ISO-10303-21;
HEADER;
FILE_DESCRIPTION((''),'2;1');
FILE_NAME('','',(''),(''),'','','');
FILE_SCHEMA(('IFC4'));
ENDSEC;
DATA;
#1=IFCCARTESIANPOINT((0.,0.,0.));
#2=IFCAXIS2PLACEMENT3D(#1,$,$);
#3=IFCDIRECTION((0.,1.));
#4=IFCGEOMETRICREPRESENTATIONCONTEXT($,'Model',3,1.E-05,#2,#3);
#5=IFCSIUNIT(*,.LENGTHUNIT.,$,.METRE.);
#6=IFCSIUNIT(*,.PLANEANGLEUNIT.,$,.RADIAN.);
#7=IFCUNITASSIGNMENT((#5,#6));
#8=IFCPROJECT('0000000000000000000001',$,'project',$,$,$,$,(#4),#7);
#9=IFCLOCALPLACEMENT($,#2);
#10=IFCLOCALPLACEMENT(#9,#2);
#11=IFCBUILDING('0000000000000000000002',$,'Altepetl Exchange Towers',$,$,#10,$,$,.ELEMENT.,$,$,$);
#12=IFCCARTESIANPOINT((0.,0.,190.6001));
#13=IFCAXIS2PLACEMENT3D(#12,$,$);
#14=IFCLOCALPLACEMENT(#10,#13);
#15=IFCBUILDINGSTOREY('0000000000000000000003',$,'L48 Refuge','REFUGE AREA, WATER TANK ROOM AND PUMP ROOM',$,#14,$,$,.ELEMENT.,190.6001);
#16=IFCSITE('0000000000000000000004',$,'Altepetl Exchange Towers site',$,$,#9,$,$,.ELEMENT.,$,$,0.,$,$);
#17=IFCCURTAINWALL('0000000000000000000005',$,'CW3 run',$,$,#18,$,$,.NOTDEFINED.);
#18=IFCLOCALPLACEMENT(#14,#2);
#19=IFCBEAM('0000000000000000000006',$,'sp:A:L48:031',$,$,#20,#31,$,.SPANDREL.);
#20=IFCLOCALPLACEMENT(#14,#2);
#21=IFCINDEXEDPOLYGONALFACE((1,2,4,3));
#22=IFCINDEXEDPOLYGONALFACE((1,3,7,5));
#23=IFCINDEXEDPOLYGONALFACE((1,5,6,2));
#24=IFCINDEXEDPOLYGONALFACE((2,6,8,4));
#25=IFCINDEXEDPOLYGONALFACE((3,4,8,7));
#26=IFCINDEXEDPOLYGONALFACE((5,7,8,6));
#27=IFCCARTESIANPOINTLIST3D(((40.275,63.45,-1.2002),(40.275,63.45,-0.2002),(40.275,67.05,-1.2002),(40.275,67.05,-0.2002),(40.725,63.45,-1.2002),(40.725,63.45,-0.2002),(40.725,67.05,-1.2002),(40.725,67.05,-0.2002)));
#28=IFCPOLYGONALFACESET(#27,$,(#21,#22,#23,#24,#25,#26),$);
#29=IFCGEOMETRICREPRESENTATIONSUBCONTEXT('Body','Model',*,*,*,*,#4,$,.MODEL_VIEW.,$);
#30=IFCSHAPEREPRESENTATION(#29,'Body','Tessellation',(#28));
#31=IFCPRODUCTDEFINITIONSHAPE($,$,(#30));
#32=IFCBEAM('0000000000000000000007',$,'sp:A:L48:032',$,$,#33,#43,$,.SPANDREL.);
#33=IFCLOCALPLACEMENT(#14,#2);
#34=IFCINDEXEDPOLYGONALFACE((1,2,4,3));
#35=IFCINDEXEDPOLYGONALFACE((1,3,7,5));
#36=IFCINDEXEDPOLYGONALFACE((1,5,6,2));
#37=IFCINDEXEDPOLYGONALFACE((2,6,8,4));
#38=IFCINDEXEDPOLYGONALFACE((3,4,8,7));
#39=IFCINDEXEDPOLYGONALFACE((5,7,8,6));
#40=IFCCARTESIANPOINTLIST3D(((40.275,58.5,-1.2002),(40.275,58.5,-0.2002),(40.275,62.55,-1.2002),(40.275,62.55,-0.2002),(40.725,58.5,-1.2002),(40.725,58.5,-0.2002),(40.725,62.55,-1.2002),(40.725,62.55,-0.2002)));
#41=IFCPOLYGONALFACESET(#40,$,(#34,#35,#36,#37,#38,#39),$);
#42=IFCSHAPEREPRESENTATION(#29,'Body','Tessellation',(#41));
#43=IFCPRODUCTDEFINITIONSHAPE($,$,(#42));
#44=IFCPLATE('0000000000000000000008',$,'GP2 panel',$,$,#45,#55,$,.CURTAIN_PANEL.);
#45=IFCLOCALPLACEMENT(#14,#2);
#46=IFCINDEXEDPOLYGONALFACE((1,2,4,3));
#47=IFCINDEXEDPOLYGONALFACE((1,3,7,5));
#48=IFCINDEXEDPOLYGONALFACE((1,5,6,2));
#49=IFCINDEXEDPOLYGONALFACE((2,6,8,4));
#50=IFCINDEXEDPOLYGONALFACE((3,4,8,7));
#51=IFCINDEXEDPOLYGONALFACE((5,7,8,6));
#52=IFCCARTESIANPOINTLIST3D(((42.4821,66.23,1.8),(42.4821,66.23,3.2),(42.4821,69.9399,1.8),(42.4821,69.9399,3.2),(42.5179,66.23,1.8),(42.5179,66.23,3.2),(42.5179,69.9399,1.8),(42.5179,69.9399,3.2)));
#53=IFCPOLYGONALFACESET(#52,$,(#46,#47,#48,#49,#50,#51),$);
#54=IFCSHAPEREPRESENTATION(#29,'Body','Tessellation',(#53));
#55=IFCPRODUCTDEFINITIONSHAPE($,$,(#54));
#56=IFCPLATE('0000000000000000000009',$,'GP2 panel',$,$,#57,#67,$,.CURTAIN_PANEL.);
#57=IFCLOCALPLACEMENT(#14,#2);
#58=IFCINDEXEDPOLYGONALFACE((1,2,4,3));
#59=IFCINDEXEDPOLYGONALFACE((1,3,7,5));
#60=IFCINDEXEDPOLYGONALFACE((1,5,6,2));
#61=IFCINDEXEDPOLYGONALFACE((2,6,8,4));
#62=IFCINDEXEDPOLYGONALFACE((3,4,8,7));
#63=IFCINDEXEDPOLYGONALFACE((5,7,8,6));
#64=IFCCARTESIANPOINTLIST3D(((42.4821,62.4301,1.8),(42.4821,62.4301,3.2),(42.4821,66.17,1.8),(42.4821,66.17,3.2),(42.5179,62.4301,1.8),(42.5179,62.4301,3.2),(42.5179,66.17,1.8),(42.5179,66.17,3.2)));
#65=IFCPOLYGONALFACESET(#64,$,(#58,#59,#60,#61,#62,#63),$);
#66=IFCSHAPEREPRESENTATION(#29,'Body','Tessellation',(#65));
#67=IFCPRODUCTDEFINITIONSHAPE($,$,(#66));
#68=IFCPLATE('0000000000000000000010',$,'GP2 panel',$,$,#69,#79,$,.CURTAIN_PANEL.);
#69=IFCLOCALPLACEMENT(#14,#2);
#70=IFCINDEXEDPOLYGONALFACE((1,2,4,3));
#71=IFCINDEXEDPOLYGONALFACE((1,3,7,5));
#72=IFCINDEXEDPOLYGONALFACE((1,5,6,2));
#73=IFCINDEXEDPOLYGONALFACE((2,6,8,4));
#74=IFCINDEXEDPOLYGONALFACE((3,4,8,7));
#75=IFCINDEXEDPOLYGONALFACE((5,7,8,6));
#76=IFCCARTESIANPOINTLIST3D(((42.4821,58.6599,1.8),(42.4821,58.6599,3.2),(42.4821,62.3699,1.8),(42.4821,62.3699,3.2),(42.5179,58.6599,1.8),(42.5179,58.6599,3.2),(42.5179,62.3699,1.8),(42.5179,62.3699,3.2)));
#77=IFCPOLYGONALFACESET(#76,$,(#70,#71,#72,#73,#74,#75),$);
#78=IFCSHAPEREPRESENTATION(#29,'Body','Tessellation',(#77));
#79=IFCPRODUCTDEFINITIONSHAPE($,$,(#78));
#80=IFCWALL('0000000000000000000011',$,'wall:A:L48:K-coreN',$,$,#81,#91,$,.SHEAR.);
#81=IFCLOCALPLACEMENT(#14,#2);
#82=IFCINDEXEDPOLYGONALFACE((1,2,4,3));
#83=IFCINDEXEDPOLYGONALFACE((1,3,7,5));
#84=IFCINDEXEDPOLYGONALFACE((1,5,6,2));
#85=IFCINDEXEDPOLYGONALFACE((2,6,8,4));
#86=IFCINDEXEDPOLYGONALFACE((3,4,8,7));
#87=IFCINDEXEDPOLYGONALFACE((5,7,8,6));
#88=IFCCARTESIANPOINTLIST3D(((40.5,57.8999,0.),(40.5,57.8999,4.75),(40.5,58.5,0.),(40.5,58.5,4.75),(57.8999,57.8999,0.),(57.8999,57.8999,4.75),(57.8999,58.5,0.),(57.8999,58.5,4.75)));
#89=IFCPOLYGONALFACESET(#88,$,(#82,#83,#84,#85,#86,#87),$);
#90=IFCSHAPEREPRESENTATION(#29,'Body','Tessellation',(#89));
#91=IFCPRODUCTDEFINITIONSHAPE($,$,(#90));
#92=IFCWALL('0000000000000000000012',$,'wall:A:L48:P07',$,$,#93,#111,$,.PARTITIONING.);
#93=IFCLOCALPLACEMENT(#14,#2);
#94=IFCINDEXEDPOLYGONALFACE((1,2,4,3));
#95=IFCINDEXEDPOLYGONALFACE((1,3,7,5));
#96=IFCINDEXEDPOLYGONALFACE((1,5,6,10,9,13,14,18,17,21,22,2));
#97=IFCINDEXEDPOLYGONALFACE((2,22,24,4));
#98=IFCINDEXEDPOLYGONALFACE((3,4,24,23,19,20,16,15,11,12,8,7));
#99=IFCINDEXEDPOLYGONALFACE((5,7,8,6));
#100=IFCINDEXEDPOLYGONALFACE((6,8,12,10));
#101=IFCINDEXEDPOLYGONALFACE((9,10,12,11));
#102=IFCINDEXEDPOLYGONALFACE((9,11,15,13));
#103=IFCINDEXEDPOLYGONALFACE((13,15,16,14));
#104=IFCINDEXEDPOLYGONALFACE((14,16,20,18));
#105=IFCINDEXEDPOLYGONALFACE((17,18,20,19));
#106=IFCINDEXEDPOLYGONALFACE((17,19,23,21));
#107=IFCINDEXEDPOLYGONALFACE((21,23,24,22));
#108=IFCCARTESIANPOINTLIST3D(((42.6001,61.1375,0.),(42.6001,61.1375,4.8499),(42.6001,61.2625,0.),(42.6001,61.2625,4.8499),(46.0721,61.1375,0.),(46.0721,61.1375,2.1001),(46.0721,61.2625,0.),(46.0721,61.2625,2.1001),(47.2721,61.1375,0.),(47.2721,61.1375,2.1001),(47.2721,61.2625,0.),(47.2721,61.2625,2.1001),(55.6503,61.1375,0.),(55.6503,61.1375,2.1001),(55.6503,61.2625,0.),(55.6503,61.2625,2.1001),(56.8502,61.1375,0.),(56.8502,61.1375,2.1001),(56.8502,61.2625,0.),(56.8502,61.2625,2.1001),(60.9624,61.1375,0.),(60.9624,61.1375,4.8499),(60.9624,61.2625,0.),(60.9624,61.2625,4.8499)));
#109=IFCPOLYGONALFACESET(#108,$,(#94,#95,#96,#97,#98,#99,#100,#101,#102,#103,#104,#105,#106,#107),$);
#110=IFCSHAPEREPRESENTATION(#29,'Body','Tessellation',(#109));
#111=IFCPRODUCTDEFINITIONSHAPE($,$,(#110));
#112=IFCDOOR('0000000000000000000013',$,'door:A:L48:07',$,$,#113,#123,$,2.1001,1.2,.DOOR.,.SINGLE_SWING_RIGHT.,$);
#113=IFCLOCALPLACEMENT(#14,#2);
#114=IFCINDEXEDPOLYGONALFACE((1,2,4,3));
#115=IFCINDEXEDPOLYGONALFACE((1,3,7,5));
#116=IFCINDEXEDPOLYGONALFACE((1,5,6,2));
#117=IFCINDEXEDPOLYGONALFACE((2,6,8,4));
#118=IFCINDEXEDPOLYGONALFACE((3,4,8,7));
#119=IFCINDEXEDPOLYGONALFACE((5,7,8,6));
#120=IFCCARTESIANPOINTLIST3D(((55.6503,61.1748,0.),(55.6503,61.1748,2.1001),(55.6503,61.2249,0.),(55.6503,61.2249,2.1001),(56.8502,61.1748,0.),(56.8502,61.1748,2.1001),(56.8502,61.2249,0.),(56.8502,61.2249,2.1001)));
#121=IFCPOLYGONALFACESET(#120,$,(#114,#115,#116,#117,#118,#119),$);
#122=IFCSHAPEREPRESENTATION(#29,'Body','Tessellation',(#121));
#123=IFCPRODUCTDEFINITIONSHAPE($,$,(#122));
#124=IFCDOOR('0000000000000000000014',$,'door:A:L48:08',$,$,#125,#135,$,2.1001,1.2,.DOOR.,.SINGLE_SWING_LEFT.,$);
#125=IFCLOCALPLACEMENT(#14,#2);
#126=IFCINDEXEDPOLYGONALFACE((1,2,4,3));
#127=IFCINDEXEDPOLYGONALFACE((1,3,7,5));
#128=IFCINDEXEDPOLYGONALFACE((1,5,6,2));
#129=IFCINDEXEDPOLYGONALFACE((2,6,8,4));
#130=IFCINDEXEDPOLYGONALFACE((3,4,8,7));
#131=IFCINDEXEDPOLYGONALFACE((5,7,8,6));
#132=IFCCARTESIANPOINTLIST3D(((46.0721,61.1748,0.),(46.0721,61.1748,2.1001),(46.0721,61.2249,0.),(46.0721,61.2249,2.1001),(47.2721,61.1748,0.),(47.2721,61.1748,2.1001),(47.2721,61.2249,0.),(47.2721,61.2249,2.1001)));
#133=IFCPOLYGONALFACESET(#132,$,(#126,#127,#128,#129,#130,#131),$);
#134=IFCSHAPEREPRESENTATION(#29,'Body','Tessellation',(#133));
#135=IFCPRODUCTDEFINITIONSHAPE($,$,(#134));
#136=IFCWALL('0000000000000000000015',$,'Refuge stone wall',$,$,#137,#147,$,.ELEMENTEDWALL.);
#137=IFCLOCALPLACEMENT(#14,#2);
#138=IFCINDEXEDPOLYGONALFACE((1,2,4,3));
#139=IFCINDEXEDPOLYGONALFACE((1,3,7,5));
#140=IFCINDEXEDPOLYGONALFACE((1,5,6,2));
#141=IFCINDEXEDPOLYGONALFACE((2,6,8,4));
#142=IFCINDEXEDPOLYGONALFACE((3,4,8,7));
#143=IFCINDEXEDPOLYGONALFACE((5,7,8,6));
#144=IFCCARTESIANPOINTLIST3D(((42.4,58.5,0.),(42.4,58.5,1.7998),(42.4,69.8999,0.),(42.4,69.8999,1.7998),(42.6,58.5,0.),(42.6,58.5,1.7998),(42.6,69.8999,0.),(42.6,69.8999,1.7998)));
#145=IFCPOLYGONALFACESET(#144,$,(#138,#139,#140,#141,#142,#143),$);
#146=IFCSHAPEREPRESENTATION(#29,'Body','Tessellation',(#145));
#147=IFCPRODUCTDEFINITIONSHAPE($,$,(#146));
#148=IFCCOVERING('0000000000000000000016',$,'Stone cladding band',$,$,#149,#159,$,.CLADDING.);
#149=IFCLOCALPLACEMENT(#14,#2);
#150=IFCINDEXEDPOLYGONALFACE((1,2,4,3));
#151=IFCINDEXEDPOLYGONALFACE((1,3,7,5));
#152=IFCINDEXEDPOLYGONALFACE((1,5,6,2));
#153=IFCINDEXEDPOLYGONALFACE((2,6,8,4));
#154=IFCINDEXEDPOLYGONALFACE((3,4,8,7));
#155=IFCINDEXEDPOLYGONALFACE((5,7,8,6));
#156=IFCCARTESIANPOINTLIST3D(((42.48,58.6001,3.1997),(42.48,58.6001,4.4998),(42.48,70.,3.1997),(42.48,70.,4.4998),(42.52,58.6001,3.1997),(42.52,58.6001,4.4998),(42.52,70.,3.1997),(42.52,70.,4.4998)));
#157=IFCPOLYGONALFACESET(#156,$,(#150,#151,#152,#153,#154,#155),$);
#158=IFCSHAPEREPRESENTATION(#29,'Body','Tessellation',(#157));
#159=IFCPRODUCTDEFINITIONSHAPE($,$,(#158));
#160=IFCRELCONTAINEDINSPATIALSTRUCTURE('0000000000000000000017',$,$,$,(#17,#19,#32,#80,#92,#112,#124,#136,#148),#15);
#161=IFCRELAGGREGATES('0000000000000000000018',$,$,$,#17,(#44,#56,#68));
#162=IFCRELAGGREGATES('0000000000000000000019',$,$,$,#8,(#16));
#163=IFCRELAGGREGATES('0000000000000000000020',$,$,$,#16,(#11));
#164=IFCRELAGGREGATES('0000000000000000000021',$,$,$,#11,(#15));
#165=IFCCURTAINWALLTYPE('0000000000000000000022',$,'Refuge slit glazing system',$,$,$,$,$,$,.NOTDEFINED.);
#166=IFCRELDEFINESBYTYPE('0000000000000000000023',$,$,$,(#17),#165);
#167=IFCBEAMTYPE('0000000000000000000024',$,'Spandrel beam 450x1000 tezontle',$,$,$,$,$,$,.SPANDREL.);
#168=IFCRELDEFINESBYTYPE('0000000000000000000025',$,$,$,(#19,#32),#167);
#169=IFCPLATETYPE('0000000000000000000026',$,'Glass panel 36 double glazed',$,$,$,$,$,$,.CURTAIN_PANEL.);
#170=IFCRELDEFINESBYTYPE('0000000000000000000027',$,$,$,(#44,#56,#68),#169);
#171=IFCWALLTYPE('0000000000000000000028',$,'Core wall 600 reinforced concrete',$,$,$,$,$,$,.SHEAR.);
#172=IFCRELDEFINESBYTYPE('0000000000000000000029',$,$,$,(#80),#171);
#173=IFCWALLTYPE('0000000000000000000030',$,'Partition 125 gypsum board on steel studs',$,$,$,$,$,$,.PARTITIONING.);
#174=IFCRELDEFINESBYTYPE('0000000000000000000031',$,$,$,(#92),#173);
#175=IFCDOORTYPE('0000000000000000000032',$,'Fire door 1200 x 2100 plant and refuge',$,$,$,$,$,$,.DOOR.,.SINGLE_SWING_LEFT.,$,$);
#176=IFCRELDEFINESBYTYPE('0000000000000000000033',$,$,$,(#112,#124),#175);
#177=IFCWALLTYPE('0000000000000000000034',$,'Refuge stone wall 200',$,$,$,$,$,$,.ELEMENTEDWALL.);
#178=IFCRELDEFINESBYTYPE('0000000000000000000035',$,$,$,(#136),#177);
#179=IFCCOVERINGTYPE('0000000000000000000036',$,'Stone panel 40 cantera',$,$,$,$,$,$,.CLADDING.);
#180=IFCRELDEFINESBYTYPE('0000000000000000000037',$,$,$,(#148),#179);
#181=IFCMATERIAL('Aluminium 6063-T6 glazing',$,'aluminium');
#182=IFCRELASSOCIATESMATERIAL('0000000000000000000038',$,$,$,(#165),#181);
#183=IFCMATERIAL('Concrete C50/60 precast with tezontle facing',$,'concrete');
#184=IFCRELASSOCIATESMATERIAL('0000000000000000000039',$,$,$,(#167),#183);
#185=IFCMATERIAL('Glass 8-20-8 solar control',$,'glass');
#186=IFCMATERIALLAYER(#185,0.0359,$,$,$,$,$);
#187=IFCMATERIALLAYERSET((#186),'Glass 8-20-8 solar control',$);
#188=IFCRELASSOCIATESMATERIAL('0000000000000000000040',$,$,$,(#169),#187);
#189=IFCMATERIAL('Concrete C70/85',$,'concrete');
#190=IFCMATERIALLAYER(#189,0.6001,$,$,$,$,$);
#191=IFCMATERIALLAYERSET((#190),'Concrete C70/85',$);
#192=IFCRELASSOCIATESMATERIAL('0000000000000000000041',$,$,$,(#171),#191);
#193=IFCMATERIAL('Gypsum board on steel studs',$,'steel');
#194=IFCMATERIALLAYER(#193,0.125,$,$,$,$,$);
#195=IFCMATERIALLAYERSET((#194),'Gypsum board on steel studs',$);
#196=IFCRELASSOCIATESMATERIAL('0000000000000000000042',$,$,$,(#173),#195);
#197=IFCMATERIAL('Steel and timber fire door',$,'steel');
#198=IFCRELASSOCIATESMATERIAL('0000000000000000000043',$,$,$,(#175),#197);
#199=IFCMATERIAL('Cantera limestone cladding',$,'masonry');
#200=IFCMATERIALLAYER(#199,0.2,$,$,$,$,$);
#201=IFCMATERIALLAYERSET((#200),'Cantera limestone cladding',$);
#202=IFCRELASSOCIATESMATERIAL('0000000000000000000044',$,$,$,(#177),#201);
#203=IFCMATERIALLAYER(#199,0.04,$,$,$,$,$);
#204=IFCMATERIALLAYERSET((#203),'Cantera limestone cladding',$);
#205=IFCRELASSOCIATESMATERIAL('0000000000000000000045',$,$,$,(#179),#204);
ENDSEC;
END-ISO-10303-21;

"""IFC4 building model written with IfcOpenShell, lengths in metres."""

from ifc_helpers import new_model, si_unit, direction, frame, frame_2d, origin, origin_2d, place, context, subcontext, project, spatial, rectangle, extrude, material, layer, layer_set, material_profile, profile_set, type_object, element, fill, aggregate, save


model = new_model("IFC4")

# Units and contexts
model_context = context("Model", 3, precision=1e-05, world=origin(), true_north=direction((0.0, 1.0)))
body_context = subcontext(model_context, "Body", "Model", "MODEL_VIEW")
ifc_project = project(units=[si_unit("LENGTHUNIT", "METRE"), si_unit("PLANEANGLEUNIT", "RADIAN")], contexts=[model_context])

# Site, building, storey
site_placement = place(None, origin())
site = spatial("IfcSite", under=ifc_project, at=site_placement, Name="Altepetl Exchange Towers site", CompositionType="ELEMENT", RefElevation=0.0)
building_placement = place(site_placement, origin())
building = spatial("IfcBuilding", under=site, at=building_placement, Name="Altepetl Exchange Towers", CompositionType="ELEMENT")
storey_placement = place(building_placement, frame((0.0, 0.0, 190.6001)))
storey = spatial("IfcBuildingStorey", under=building, at=storey_placement, Name="L48 Refuge", Description="REFUGE AREA, WATER TANK ROOM AND PUMP ROOM", CompositionType="ELEMENT", Elevation=190.6001)

# Shared definitions
ifc_material_1 = material(Name="Aluminium 6063-T6 glazing", Category="aluminium")
curtain_wall_type = type_object("IfcCurtainWallType", Name="Refuge slit glazing system", PredefinedType="NOTDEFINED", material=ifc_material_1)

# Curtain wall
curtain_wall_1_placement = place(storey_placement, origin())
curtain_wall_1 = element("IfcCurtainWall", 1, at=curtain_wall_1_placement, inside=storey, type_object=curtain_wall_type, Name="CW3 run", PredefinedType="NOTDEFINED")

# Beams
ifc_material_2 = material(Name="Concrete C50/60 precast with tezontle facing", Category="concrete")
ifc_material_profile_1 = material_profile(ifc_material_2, rectangle(XDim=0.45, YDim=1.0, at=origin_2d()), Name="450 x 1000")
ifc_profile_set_1 = profile_set([ifc_material_profile_1], Name="Concrete C50/60 precast with tezontle facing")
beam_type_1 = type_object("IfcBeamType", Name="Spandrel beam 450x1000 tezontle", PredefinedType="SPANDREL", material=ifc_profile_set_1)
for number, where, z_axis, x_axis, name in (
    (2, (40.5, 67.05, -0.7002), (0.0, -1.0, 0.0), (1.0, 0.0, 0.0), "sp:A:L48:031"),
):
    element("IfcBeam", number, at=place(storey_placement, frame(where, z_axis=z_axis, x_axis=x_axis)), inside=storey, type_object=beam_type_1, Name=name, PredefinedType="SPANDREL", context=body_context, shape_type="SweptSolid", body=[
        extrude(rectangle(XDim=0.45, YDim=1.0, at=origin_2d()), origin(), (0.0, 0.0, 1.0), 3.6001),
    ])
beam_1_placement = place(storey_placement, frame((40.5, 62.55, -0.7002), z_axis=(0.0, -1.0, 0.0), x_axis=(1.0, 0.0, 0.0)))
element("IfcBeam", 3, at=beam_1_placement, inside=storey, type_object=beam_type_1, Name="sp:A:L48:032", PredefinedType="SPANDREL", context=body_context, shape_type="SweptSolid", body=[
    extrude(rectangle(XDim=0.45, YDim=1.0, at=origin_2d()), origin(), (0.0, 0.0, 1.0), 4.05),
])

# Plates
ifc_material_3 = material(Name="Glass 8-20-8 solar control", Category="glass")
ifc_layer_1 = layer(ifc_material_3, 0.0359)
ifc_layer_set_1 = layer_set([ifc_layer_1], Name="Glass 8-20-8 solar control")
plate_type = type_object("IfcPlateType", Name="Glass panel 36 double glazed", PredefinedType="CURTAIN_PANEL", material=ifc_layer_set_1)
plate_1_placement = place(storey_placement, frame((42.5, 68.085, 1.8), z_axis=(0.0, 0.0, 1.0), x_axis=(0.0, -1.0, 0.0)))
plate_1 = element("IfcPlate", 4, at=plate_1_placement, type_object=plate_type, Name="GP2 panel", PredefinedType="CURTAIN_PANEL", context=body_context, shape_type="SweptSolid", body=[
    extrude(rectangle(XDim=3.71, YDim=0.0359, at=origin_2d()), origin(), (0.0, 0.0, 1.0), 1.3999),
])
plate_2_placement = place(storey_placement, frame((42.5, 64.3, 1.8), z_axis=(0.0, 0.0, 1.0), x_axis=(0.0, -1.0, 0.0)))
plate_2 = element("IfcPlate", 5, at=plate_2_placement, type_object=plate_type, Name="GP2 panel", PredefinedType="CURTAIN_PANEL", context=body_context, shape_type="SweptSolid", body=[
    extrude(rectangle(XDim=3.74, YDim=0.0359, at=origin_2d()), origin(), (0.0, 0.0, 1.0), 1.3999),
])
plate_3_placement = place(storey_placement, frame((42.5, 60.5149, 1.8), z_axis=(0.0, 0.0, 1.0), x_axis=(0.0, -1.0, 0.0)))
plate_3 = element("IfcPlate", 6, at=plate_3_placement, type_object=plate_type, Name="GP2 panel", PredefinedType="CURTAIN_PANEL", context=body_context, shape_type="SweptSolid", body=[
    extrude(rectangle(XDim=3.71, YDim=0.0359, at=origin_2d()), origin(), (0.0, 0.0, 1.0), 1.3999),
])
aggregate(curtain_wall_1, [plate_1, plate_2, plate_3])

# Wall
ifc_material_4 = material(Name="Concrete C70/85", Category="concrete")
ifc_layer_2 = layer(ifc_material_4, 0.6001)
ifc_layer_set_2 = layer_set([ifc_layer_2], Name="Concrete C70/85")
wall_type_1 = type_object("IfcWallType", Name="Core wall 600 reinforced concrete", PredefinedType="SHEAR", material=ifc_layer_set_2)
wall_1_placement = place(storey_placement, frame((40.5, 58.2, 0.0)))
element("IfcWall", 7, at=wall_1_placement, inside=storey, type_object=wall_type_1, Name="wall:A:L48:K-coreN", PredefinedType="SHEAR", context=body_context, shape_type="SweptSolid", body=[
    extrude(rectangle(XDim=17.3999, YDim=0.6001, at=frame_2d((8.7, 0.0))), origin(), (0.0, 0.0, 1.0), 4.75),
])

# Wall, openings, doors
ifc_material_5 = material(Name="Gypsum board on steel studs", Category="steel")
ifc_layer_3 = layer(ifc_material_5, 0.125)
ifc_layer_set_3 = layer_set([ifc_layer_3], Name="Gypsum board on steel studs")
wall_type_2 = type_object("IfcWallType", Name="Partition 125 gypsum board on steel studs", PredefinedType="PARTITIONING", material=ifc_layer_set_3)
wall_2_placement = place(storey_placement, frame((42.6001, 61.2, 0.0)))
wall_2 = element("IfcWall", 8, at=wall_2_placement, inside=storey, type_object=wall_type_2, Name="wall:A:L48:P07", PredefinedType="PARTITIONING", context=body_context, shape_type="SweptSolid", body=[
    extrude(rectangle(XDim=18.3623, YDim=0.125, at=frame_2d((9.1812, 0.0))), origin(), (0.0, 0.0, 1.0), 4.8499),
])
opening_1_placement = place(wall_2_placement, frame((13.05, 0.0, 0.0)))
opening_1 = element("IfcOpeningElement", 9, at=opening_1_placement, cuts=wall_2, PredefinedType="OPENING", context=body_context, shape_type="SweptSolid", body=[
    extrude(rectangle(XDim=1.2, YDim=2.1001, at=frame_2d((0.6001, 1.05))), frame((0.0, 0.0725, 0.0), z_axis=(0.0, -1.0, 0.0), x_axis=(1.0, 0.0, 0.0)), (0.0, 0.0, 1.0), 0.145),
])
opening_2_placement = place(wall_2_placement, frame((3.4719, 0.0, 0.0)))
opening_2 = element("IfcOpeningElement", 10, at=opening_2_placement, cuts=wall_2, PredefinedType="OPENING", context=body_context, shape_type="SweptSolid", body=[
    extrude(rectangle(XDim=1.2, YDim=2.1001, at=frame_2d((0.6001, 1.05))), frame((0.0, 0.0725, 0.0), z_axis=(0.0, -1.0, 0.0), x_axis=(1.0, 0.0, 0.0)), (0.0, 0.0, 1.0), 0.145),
])
ifc_material_6 = material(Name="Steel and timber fire door", Category="steel")
door_type = type_object("IfcDoorType", Name="Fire door 1200 x 2100 plant and refuge", OperationType="SINGLE_SWING_LEFT", PredefinedType="DOOR", material=ifc_material_6)
door_1_placement = place(opening_1_placement, origin())
door_1 = element("IfcDoor", 11, at=door_1_placement, inside=storey, type_object=door_type, Name="door:A:L48:07", OperationType="SINGLE_SWING_RIGHT", OverallHeight=2.1001, OverallWidth=1.2, PredefinedType="DOOR", context=body_context, shape_type="SweptSolid", body=[
    extrude(rectangle(XDim=1.2, YDim=2.1001, at=frame_2d((0.6001, 1.05))), frame((0.0, 0.0249, 0.0), z_axis=(0.0, -1.0, 0.0), x_axis=(1.0, 0.0, 0.0)), (0.0, 0.0, 1.0), 0.05),
])
fill(opening_1, door_1)
door_2_placement = place(opening_2_placement, origin())
door_2 = element("IfcDoor", 12, at=door_2_placement, inside=storey, type_object=door_type, Name="door:A:L48:08", OperationType="SINGLE_SWING_LEFT", OverallHeight=2.1001, OverallWidth=1.2, PredefinedType="DOOR", context=body_context, shape_type="SweptSolid", body=[
    extrude(rectangle(XDim=1.2, YDim=2.1001, at=frame_2d((0.6001, 1.05))), frame((0.0, 0.0249, 0.0), z_axis=(0.0, -1.0, 0.0), x_axis=(1.0, 0.0, 0.0)), (0.0, 0.0, 1.0), 0.05),
])
fill(opening_2, door_2)

# Wall
ifc_material_7 = material(Name="Cantera limestone cladding", Category="masonry")
ifc_layer_4 = layer(ifc_material_7, 0.2)
ifc_layer_set_4 = layer_set([ifc_layer_4], Name="Cantera limestone cladding")
wall_type_3 = type_object("IfcWallType", Name="Refuge stone wall 200", PredefinedType="ELEMENTEDWALL", material=ifc_layer_set_4)
wall_3_placement = place(storey_placement, frame((42.5, 69.8999, 0.0), z_axis=(0.0, 0.0, 1.0), x_axis=(0.0, -1.0, 0.0)))
element("IfcWall", 13, at=wall_3_placement, inside=storey, type_object=wall_type_3, Name="Refuge stone wall", PredefinedType="ELEMENTEDWALL", context=body_context, shape_type="SweptSolid", body=[
    extrude(rectangle(XDim=11.3999, YDim=0.2, at=frame_2d((5.7, 0.0))), origin(), (0.0, 0.0, 1.0), 1.7998),
])

# Covering
ifc_layer_5 = layer(ifc_material_7, 0.04)
ifc_layer_set_5 = layer_set([ifc_layer_5], Name="Cantera limestone cladding")
covering_type = type_object("IfcCoveringType", Name="Stone panel 40 cantera", PredefinedType="CLADDING", material=ifc_layer_set_5)
covering_placement = place(storey_placement, frame((42.5, 64.3, 3.1997), z_axis=(0.0, 0.0, 1.0), x_axis=(0.0, -1.0, 0.0)))
element("IfcCovering", 14, at=covering_placement, inside=storey, type_object=covering_type, Name="Stone cladding band", PredefinedType="CLADDING", context=body_context, shape_type="SweptSolid", body=[
    extrude(rectangle(XDim=11.3999, YDim=0.04, at=origin_2d()), origin(), (0.0, 0.0, 1.0), 1.3),
])

save(model, "model.ifc")
